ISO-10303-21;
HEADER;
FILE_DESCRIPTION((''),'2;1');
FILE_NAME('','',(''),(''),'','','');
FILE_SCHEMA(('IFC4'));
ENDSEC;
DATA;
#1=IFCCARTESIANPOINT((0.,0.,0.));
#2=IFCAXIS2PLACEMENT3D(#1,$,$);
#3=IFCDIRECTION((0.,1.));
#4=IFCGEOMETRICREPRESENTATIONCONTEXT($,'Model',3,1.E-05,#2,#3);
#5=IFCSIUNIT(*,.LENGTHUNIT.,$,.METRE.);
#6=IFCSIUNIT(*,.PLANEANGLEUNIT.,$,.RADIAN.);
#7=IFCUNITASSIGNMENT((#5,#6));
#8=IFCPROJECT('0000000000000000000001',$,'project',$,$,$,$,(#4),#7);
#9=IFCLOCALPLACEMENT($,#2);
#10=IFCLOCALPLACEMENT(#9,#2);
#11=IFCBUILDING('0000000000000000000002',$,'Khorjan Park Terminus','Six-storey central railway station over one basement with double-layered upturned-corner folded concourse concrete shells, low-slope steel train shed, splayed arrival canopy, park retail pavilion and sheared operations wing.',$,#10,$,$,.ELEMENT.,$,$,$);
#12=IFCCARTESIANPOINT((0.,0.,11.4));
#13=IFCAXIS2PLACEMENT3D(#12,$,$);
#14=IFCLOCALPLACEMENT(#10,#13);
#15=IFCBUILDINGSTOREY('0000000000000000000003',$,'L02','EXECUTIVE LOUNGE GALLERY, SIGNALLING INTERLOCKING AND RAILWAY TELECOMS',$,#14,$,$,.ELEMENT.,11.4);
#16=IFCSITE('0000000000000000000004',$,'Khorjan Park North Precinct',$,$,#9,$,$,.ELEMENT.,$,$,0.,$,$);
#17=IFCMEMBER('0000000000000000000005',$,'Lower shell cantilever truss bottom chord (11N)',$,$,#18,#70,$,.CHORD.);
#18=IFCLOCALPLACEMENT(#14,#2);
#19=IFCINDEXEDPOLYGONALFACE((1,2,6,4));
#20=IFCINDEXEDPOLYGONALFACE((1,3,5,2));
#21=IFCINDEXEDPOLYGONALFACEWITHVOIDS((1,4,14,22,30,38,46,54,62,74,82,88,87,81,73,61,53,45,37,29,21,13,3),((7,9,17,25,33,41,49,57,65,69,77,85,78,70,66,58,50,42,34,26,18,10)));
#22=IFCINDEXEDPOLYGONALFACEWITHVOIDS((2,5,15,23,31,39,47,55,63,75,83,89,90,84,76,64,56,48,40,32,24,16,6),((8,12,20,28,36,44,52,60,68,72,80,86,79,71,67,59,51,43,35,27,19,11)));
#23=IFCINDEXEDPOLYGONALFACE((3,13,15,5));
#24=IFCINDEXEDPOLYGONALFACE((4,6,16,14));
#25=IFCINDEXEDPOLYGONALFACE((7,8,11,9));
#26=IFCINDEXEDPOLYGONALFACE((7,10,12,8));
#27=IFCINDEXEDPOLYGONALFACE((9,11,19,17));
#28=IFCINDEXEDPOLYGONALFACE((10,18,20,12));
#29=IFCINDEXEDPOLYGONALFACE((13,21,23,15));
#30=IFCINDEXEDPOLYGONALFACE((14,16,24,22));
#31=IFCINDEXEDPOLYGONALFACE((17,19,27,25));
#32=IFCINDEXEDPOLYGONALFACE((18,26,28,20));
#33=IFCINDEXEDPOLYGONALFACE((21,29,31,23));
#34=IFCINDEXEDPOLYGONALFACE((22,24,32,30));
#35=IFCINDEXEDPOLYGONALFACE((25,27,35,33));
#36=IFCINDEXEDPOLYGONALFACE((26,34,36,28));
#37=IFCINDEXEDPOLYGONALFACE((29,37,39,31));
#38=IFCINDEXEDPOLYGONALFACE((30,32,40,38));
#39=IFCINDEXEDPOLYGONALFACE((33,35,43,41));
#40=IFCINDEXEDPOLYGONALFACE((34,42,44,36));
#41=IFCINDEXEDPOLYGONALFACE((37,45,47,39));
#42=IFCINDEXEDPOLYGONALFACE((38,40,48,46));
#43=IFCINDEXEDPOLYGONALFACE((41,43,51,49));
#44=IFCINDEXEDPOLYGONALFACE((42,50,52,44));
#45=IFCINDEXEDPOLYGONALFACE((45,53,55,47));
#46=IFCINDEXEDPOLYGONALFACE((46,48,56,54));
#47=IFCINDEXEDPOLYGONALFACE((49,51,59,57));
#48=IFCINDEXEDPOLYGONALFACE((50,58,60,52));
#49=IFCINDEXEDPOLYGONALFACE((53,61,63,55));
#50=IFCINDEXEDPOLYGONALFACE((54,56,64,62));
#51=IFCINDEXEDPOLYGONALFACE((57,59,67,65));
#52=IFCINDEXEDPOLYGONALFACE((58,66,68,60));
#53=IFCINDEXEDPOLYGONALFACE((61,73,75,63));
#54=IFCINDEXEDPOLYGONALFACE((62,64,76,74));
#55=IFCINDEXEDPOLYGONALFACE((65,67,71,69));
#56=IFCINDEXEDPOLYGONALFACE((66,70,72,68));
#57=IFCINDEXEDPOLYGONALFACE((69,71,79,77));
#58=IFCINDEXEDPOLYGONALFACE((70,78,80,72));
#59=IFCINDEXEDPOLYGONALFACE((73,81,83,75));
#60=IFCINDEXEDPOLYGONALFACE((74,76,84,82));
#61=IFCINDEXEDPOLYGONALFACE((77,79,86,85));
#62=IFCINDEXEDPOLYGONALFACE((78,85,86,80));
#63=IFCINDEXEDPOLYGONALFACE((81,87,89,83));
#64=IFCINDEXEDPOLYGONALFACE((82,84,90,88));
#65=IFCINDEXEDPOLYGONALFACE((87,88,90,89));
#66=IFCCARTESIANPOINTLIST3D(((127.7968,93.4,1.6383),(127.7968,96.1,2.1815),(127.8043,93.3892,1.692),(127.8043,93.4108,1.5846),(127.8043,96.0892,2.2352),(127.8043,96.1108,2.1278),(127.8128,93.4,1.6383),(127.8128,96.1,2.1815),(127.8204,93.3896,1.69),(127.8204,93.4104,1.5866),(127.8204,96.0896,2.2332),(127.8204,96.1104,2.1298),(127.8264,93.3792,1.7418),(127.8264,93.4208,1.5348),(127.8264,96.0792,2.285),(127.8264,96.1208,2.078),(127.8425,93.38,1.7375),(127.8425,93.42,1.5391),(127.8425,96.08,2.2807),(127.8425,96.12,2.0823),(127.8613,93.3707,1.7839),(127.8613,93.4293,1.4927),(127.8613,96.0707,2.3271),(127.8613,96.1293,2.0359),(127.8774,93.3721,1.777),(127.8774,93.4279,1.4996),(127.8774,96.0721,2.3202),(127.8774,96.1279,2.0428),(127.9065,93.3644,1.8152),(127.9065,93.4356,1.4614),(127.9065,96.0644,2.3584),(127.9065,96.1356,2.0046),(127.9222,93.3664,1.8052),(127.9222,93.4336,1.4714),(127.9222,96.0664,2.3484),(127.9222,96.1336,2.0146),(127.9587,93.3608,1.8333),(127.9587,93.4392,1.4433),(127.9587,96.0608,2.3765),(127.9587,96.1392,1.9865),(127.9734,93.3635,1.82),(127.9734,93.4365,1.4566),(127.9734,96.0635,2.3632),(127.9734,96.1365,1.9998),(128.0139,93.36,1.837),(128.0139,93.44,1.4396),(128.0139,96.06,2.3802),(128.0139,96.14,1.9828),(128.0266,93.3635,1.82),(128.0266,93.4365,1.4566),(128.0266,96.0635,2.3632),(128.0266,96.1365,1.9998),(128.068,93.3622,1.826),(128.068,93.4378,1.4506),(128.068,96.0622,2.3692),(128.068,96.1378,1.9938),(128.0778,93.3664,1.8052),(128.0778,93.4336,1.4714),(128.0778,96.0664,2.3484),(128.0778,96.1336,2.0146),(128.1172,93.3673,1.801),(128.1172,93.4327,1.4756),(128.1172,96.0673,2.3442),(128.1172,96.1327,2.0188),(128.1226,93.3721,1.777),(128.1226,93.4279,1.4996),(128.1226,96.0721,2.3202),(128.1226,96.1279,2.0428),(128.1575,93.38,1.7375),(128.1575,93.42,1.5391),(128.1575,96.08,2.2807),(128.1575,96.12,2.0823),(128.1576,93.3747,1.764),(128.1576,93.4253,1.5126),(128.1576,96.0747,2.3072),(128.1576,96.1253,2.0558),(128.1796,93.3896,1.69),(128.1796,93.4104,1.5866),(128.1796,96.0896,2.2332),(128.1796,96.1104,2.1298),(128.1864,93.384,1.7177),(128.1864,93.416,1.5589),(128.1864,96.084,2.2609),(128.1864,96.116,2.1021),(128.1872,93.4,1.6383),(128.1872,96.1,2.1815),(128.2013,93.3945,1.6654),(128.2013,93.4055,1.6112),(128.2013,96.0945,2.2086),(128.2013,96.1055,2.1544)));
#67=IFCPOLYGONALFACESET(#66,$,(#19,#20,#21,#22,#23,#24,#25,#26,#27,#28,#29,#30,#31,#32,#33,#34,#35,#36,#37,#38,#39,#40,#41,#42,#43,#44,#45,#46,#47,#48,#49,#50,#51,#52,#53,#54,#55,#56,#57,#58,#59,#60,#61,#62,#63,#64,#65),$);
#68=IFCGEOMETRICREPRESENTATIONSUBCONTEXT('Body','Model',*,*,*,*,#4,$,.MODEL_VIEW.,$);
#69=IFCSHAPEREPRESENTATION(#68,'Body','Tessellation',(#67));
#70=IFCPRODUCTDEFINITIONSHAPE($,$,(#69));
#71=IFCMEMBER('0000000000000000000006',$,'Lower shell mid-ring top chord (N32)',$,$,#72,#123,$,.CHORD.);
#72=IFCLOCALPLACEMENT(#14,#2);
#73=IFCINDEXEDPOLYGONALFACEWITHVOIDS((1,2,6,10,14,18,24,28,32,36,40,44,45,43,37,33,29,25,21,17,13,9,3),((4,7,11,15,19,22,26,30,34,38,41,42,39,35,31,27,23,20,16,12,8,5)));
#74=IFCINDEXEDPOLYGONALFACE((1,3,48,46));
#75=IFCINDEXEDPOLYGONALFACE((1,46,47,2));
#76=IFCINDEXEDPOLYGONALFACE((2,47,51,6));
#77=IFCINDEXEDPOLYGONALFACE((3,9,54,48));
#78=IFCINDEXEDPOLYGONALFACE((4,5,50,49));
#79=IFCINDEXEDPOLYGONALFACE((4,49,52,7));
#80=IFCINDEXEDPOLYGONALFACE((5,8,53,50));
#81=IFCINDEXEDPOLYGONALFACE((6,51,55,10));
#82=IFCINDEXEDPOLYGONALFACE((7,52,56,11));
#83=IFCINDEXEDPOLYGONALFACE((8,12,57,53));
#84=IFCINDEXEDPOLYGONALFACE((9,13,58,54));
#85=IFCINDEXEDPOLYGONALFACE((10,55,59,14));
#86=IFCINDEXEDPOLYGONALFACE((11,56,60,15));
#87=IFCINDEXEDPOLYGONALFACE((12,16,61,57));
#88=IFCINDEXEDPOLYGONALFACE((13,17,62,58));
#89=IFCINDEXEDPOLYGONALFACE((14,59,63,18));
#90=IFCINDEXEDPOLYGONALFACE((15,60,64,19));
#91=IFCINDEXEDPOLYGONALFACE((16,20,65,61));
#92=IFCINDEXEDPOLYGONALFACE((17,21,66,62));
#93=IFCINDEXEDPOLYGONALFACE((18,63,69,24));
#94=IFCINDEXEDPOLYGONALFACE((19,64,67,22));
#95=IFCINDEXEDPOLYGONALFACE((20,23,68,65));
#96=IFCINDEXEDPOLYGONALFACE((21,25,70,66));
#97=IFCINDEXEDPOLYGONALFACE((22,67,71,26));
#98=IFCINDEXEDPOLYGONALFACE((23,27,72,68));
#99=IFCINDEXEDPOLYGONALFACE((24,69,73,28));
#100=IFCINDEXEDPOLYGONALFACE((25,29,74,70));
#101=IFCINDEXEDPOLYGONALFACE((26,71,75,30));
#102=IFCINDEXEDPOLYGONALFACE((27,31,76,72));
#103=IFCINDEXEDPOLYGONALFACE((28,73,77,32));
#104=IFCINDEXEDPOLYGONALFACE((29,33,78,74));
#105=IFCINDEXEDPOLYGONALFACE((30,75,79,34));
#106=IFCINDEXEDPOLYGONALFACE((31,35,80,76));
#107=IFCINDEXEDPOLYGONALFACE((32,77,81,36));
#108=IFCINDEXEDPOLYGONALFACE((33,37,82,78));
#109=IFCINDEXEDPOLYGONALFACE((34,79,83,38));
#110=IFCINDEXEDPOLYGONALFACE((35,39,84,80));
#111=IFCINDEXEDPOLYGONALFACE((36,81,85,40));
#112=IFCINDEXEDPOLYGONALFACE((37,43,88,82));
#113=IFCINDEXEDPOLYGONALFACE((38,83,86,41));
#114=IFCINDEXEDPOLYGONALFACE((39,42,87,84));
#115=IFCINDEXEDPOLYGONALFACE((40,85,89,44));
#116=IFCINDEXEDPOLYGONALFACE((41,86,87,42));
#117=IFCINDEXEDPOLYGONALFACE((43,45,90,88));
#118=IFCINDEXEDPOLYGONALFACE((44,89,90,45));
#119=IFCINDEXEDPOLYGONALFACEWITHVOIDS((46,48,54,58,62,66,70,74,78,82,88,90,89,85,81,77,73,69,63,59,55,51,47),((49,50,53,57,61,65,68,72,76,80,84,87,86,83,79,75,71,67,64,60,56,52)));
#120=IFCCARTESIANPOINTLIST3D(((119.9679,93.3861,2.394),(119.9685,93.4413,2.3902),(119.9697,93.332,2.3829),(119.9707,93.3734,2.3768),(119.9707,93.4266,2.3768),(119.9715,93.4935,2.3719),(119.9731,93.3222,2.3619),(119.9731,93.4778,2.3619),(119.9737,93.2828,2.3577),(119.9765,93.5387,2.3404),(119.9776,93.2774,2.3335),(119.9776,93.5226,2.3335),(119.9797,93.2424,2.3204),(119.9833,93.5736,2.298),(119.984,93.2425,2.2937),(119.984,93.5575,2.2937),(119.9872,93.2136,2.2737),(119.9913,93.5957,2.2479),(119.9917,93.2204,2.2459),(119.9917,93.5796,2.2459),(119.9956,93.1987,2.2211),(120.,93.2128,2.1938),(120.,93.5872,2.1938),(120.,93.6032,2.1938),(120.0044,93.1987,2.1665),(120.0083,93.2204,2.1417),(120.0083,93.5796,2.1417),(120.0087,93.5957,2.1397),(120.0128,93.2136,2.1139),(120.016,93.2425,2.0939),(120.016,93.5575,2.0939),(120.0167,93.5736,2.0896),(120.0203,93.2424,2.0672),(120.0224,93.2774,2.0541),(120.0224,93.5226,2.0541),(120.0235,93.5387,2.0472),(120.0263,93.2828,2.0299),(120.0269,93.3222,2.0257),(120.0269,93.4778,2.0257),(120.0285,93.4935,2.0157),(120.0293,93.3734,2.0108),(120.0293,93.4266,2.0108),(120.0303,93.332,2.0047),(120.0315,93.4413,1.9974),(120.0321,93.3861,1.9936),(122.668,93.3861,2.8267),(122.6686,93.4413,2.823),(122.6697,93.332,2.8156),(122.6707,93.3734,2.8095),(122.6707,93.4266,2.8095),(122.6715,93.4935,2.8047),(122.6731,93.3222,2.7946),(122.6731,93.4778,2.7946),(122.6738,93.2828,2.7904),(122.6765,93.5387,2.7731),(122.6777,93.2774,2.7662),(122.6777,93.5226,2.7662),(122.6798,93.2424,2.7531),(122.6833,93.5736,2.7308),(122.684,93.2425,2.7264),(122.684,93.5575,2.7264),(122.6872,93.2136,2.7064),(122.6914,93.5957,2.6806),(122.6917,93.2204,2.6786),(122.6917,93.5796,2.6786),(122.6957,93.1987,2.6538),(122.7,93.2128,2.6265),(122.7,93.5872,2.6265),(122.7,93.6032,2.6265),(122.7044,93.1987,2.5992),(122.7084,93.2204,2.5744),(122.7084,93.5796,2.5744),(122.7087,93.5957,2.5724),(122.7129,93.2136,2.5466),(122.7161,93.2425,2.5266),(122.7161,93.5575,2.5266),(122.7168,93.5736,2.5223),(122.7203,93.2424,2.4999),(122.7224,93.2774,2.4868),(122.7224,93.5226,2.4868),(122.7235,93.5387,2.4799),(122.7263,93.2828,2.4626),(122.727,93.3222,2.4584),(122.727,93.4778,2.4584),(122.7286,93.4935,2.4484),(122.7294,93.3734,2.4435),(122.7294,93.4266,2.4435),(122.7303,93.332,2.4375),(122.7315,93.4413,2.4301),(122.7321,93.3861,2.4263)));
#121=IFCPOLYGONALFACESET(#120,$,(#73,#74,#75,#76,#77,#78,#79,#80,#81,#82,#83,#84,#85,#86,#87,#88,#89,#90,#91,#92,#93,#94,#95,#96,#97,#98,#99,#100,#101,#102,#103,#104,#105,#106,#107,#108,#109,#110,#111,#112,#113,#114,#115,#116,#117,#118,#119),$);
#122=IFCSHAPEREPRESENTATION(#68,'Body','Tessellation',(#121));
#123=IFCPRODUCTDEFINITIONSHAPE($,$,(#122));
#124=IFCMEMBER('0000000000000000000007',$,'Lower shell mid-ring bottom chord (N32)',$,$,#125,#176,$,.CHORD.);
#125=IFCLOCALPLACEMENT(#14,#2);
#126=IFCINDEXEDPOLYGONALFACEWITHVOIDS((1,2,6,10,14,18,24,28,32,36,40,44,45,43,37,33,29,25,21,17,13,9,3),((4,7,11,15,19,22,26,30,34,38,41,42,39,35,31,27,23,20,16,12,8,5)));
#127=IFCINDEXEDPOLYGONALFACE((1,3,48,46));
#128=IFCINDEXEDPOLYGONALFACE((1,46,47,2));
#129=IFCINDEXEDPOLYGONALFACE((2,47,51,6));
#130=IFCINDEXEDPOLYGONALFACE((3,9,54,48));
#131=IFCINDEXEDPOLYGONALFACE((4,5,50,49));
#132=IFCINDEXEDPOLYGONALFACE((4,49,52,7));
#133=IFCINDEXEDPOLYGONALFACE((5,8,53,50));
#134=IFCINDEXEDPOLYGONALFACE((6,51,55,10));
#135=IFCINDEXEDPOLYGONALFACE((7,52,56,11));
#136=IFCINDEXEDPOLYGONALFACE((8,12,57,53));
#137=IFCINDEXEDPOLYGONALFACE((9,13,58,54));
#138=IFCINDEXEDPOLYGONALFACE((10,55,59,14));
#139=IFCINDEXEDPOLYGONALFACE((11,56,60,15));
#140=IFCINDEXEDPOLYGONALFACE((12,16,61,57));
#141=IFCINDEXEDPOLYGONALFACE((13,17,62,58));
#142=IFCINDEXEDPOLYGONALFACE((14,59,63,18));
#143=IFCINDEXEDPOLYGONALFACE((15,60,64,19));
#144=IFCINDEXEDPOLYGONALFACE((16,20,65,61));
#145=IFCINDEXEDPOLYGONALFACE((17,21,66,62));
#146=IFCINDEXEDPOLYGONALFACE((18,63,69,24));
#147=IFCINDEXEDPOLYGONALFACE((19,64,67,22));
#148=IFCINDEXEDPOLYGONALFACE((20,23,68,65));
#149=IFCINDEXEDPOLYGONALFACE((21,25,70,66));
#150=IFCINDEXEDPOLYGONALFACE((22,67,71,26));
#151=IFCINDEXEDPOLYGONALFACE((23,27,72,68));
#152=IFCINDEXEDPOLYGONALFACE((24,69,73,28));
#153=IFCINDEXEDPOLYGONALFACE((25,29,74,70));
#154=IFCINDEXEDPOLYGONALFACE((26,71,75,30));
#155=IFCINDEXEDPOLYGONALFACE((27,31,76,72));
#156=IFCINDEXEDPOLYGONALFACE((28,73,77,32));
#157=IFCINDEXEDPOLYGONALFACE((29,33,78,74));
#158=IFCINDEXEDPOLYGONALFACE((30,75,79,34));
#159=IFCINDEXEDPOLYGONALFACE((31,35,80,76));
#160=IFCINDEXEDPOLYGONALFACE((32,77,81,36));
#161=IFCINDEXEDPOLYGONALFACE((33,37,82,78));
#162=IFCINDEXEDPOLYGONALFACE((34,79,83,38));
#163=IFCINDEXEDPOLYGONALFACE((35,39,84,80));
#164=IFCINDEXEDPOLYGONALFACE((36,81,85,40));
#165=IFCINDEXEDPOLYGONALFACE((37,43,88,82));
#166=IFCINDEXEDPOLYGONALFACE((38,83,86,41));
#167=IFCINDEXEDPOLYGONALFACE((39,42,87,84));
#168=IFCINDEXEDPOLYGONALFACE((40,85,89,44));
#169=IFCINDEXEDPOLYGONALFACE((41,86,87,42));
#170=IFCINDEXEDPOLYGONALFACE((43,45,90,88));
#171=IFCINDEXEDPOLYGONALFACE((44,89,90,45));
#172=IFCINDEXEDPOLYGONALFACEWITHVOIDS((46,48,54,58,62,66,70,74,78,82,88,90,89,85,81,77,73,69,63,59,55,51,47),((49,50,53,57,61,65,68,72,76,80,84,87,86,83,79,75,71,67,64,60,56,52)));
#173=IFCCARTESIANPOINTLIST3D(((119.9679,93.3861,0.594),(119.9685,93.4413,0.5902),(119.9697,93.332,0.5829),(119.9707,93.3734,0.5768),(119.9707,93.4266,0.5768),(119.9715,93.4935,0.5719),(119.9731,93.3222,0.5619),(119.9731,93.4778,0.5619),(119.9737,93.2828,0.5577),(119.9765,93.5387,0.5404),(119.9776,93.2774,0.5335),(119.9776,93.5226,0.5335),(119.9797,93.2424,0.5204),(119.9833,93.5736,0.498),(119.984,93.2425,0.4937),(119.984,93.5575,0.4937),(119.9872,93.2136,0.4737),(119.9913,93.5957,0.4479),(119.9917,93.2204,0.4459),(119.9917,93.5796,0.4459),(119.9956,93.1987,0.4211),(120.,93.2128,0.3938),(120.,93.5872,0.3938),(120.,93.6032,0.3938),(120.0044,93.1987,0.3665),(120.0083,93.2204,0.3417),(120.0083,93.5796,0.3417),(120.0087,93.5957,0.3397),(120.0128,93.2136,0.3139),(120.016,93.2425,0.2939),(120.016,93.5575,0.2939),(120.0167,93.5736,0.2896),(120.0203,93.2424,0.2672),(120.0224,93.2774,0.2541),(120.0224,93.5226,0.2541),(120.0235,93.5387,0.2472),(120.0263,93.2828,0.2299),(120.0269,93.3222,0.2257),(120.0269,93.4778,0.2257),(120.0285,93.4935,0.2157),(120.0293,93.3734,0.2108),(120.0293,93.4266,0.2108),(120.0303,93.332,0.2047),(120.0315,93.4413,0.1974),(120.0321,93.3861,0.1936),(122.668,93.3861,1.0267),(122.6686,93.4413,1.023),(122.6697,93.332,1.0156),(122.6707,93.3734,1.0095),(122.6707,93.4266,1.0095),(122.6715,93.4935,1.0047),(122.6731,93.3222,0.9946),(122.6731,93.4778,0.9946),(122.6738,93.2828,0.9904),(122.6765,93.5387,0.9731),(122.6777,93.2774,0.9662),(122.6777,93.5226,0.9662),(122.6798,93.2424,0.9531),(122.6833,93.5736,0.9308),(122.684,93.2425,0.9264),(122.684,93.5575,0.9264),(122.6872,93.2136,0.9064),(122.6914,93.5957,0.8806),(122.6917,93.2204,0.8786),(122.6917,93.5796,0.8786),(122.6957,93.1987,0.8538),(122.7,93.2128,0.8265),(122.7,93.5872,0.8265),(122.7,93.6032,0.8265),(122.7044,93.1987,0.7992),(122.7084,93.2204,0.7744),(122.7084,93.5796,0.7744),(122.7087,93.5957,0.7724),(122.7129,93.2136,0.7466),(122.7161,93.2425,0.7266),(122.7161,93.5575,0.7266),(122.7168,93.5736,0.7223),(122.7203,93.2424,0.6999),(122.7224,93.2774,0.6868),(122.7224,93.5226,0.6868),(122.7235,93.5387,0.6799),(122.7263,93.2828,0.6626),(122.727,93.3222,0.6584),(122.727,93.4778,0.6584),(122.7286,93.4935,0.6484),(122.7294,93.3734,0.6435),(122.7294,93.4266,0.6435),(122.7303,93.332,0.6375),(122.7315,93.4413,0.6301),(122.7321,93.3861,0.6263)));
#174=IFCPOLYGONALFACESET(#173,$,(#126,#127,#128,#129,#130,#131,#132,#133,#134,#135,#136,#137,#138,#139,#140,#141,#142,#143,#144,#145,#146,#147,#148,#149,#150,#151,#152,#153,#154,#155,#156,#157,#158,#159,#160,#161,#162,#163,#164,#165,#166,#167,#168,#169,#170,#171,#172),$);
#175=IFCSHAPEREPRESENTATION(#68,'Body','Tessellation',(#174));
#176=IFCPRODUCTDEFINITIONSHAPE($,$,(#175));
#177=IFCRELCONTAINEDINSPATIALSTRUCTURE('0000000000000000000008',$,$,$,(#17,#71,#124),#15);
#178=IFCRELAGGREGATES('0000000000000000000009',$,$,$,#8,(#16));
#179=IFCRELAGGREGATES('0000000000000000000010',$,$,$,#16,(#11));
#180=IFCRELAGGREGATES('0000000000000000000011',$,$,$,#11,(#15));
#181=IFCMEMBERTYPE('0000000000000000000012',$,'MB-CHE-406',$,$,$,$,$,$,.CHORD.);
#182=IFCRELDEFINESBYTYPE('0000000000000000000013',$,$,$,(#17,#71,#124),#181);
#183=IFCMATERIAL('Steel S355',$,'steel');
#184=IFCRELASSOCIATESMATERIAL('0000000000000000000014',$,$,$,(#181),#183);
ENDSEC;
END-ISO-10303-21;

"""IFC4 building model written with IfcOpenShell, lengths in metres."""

from ifc_helpers import new_model, si_unit, direction, frame, origin, origin_2d, place, context, subcontext, project, spatial, hollow_circle, extrude, material, material_profile, profile_set, type_object, element, save


model = new_model("IFC4")

# Units and contexts
model_context = context("Model", 3, precision=1e-05, world=origin(), true_north=direction((0.0, 1.0)))
body_context = subcontext(model_context, "Body", "Model", "MODEL_VIEW")
ifc_project = project(units=[si_unit("LENGTHUNIT", "METRE"), si_unit("PLANEANGLEUNIT", "RADIAN")], contexts=[model_context])

# Site, building, storey
site_placement = place(None, origin())
site = spatial("IfcSite", under=ifc_project, at=site_placement, Name="Khorjan Park North Precinct", CompositionType="ELEMENT", RefElevation=0.0)
building_placement = place(site_placement, origin())
building = spatial("IfcBuilding", under=site, at=building_placement, Name="Khorjan Park Terminus", Description="Six-storey central railway station over one basement with double-layered upturned-corner folded concourse concrete shells, low-slope steel train shed, splayed arrival canopy, park retail pavilion and sheared operations wing.", CompositionType="ELEMENT")
storey_placement = place(building_placement, frame((0.0, 0.0, 11.4)))
storey = spatial("IfcBuildingStorey", under=building, at=storey_placement, Name="L02", Description="EXECUTIVE LOUNGE GALLERY, SIGNALLING INTERLOCKING AND RAILWAY TELECOMS", CompositionType="ELEMENT", Elevation=11.4)

# Members
ifc_material_1 = material(Name="Steel S355", Category="steel")
ifc_material_profile_1 = material_profile(ifc_material_1, hollow_circle(Radius=0.2032, WallThickness=0.016, at=origin_2d()), Name="CHS 406.4x16")
ifc_profile_set_1 = profile_set([ifc_material_profile_1], Name="Steel S355")
member_type_1 = type_object("IfcMemberType", Name="MB-CHE-406", PredefinedType="CHORD", material=ifc_profile_set_1)
for number, where, z_axis, x_axis, name in (
    (1, (128.0, 93.4, 1.6383), (0.0, 0.980357, 0.197233), (-1.0, 0.0, 0.0), "Lower shell cantilever truss bottom chord (11N)"),
):
    element("IfcMember", number, at=place(storey_placement, frame(where, z_axis=z_axis, x_axis=x_axis)), inside=storey, type_object=member_type_1, Name=name, PredefinedType="CHORD", context=body_context, shape_type="SweptSolid", body=[
        extrude(hollow_circle(Radius=0.2032, WallThickness=0.016, at=origin_2d()), origin(), (0.0, 0.0, 1.0), 2.7541),
    ])
for number, where, z_axis, x_axis, name in (
    (2, (120.0, 93.4, 2.1938), (0.987401, 0.0, 0.15824), (0.0, 1.0, 0.0), "Lower shell mid-ring top chord (N32)"),
    (3, (120.0, 93.4, 0.3938), (0.987401, 0.0, 0.15824), (0.0, 1.0, 0.0), "Lower shell mid-ring bottom chord (N32)"),
):
    element("IfcMember", number, at=place(storey_placement, frame(where, z_axis=z_axis, x_axis=x_axis)), inside=storey, type_object=member_type_1, Name=name, PredefinedType="CHORD", context=body_context, shape_type="SweptSolid", body=[
        extrude(hollow_circle(Radius=0.2032, WallThickness=0.016, at=origin_2d()), origin(), (0.0, 0.0, 1.0), 2.7345),
    ])

save(model, "model.ifc")
